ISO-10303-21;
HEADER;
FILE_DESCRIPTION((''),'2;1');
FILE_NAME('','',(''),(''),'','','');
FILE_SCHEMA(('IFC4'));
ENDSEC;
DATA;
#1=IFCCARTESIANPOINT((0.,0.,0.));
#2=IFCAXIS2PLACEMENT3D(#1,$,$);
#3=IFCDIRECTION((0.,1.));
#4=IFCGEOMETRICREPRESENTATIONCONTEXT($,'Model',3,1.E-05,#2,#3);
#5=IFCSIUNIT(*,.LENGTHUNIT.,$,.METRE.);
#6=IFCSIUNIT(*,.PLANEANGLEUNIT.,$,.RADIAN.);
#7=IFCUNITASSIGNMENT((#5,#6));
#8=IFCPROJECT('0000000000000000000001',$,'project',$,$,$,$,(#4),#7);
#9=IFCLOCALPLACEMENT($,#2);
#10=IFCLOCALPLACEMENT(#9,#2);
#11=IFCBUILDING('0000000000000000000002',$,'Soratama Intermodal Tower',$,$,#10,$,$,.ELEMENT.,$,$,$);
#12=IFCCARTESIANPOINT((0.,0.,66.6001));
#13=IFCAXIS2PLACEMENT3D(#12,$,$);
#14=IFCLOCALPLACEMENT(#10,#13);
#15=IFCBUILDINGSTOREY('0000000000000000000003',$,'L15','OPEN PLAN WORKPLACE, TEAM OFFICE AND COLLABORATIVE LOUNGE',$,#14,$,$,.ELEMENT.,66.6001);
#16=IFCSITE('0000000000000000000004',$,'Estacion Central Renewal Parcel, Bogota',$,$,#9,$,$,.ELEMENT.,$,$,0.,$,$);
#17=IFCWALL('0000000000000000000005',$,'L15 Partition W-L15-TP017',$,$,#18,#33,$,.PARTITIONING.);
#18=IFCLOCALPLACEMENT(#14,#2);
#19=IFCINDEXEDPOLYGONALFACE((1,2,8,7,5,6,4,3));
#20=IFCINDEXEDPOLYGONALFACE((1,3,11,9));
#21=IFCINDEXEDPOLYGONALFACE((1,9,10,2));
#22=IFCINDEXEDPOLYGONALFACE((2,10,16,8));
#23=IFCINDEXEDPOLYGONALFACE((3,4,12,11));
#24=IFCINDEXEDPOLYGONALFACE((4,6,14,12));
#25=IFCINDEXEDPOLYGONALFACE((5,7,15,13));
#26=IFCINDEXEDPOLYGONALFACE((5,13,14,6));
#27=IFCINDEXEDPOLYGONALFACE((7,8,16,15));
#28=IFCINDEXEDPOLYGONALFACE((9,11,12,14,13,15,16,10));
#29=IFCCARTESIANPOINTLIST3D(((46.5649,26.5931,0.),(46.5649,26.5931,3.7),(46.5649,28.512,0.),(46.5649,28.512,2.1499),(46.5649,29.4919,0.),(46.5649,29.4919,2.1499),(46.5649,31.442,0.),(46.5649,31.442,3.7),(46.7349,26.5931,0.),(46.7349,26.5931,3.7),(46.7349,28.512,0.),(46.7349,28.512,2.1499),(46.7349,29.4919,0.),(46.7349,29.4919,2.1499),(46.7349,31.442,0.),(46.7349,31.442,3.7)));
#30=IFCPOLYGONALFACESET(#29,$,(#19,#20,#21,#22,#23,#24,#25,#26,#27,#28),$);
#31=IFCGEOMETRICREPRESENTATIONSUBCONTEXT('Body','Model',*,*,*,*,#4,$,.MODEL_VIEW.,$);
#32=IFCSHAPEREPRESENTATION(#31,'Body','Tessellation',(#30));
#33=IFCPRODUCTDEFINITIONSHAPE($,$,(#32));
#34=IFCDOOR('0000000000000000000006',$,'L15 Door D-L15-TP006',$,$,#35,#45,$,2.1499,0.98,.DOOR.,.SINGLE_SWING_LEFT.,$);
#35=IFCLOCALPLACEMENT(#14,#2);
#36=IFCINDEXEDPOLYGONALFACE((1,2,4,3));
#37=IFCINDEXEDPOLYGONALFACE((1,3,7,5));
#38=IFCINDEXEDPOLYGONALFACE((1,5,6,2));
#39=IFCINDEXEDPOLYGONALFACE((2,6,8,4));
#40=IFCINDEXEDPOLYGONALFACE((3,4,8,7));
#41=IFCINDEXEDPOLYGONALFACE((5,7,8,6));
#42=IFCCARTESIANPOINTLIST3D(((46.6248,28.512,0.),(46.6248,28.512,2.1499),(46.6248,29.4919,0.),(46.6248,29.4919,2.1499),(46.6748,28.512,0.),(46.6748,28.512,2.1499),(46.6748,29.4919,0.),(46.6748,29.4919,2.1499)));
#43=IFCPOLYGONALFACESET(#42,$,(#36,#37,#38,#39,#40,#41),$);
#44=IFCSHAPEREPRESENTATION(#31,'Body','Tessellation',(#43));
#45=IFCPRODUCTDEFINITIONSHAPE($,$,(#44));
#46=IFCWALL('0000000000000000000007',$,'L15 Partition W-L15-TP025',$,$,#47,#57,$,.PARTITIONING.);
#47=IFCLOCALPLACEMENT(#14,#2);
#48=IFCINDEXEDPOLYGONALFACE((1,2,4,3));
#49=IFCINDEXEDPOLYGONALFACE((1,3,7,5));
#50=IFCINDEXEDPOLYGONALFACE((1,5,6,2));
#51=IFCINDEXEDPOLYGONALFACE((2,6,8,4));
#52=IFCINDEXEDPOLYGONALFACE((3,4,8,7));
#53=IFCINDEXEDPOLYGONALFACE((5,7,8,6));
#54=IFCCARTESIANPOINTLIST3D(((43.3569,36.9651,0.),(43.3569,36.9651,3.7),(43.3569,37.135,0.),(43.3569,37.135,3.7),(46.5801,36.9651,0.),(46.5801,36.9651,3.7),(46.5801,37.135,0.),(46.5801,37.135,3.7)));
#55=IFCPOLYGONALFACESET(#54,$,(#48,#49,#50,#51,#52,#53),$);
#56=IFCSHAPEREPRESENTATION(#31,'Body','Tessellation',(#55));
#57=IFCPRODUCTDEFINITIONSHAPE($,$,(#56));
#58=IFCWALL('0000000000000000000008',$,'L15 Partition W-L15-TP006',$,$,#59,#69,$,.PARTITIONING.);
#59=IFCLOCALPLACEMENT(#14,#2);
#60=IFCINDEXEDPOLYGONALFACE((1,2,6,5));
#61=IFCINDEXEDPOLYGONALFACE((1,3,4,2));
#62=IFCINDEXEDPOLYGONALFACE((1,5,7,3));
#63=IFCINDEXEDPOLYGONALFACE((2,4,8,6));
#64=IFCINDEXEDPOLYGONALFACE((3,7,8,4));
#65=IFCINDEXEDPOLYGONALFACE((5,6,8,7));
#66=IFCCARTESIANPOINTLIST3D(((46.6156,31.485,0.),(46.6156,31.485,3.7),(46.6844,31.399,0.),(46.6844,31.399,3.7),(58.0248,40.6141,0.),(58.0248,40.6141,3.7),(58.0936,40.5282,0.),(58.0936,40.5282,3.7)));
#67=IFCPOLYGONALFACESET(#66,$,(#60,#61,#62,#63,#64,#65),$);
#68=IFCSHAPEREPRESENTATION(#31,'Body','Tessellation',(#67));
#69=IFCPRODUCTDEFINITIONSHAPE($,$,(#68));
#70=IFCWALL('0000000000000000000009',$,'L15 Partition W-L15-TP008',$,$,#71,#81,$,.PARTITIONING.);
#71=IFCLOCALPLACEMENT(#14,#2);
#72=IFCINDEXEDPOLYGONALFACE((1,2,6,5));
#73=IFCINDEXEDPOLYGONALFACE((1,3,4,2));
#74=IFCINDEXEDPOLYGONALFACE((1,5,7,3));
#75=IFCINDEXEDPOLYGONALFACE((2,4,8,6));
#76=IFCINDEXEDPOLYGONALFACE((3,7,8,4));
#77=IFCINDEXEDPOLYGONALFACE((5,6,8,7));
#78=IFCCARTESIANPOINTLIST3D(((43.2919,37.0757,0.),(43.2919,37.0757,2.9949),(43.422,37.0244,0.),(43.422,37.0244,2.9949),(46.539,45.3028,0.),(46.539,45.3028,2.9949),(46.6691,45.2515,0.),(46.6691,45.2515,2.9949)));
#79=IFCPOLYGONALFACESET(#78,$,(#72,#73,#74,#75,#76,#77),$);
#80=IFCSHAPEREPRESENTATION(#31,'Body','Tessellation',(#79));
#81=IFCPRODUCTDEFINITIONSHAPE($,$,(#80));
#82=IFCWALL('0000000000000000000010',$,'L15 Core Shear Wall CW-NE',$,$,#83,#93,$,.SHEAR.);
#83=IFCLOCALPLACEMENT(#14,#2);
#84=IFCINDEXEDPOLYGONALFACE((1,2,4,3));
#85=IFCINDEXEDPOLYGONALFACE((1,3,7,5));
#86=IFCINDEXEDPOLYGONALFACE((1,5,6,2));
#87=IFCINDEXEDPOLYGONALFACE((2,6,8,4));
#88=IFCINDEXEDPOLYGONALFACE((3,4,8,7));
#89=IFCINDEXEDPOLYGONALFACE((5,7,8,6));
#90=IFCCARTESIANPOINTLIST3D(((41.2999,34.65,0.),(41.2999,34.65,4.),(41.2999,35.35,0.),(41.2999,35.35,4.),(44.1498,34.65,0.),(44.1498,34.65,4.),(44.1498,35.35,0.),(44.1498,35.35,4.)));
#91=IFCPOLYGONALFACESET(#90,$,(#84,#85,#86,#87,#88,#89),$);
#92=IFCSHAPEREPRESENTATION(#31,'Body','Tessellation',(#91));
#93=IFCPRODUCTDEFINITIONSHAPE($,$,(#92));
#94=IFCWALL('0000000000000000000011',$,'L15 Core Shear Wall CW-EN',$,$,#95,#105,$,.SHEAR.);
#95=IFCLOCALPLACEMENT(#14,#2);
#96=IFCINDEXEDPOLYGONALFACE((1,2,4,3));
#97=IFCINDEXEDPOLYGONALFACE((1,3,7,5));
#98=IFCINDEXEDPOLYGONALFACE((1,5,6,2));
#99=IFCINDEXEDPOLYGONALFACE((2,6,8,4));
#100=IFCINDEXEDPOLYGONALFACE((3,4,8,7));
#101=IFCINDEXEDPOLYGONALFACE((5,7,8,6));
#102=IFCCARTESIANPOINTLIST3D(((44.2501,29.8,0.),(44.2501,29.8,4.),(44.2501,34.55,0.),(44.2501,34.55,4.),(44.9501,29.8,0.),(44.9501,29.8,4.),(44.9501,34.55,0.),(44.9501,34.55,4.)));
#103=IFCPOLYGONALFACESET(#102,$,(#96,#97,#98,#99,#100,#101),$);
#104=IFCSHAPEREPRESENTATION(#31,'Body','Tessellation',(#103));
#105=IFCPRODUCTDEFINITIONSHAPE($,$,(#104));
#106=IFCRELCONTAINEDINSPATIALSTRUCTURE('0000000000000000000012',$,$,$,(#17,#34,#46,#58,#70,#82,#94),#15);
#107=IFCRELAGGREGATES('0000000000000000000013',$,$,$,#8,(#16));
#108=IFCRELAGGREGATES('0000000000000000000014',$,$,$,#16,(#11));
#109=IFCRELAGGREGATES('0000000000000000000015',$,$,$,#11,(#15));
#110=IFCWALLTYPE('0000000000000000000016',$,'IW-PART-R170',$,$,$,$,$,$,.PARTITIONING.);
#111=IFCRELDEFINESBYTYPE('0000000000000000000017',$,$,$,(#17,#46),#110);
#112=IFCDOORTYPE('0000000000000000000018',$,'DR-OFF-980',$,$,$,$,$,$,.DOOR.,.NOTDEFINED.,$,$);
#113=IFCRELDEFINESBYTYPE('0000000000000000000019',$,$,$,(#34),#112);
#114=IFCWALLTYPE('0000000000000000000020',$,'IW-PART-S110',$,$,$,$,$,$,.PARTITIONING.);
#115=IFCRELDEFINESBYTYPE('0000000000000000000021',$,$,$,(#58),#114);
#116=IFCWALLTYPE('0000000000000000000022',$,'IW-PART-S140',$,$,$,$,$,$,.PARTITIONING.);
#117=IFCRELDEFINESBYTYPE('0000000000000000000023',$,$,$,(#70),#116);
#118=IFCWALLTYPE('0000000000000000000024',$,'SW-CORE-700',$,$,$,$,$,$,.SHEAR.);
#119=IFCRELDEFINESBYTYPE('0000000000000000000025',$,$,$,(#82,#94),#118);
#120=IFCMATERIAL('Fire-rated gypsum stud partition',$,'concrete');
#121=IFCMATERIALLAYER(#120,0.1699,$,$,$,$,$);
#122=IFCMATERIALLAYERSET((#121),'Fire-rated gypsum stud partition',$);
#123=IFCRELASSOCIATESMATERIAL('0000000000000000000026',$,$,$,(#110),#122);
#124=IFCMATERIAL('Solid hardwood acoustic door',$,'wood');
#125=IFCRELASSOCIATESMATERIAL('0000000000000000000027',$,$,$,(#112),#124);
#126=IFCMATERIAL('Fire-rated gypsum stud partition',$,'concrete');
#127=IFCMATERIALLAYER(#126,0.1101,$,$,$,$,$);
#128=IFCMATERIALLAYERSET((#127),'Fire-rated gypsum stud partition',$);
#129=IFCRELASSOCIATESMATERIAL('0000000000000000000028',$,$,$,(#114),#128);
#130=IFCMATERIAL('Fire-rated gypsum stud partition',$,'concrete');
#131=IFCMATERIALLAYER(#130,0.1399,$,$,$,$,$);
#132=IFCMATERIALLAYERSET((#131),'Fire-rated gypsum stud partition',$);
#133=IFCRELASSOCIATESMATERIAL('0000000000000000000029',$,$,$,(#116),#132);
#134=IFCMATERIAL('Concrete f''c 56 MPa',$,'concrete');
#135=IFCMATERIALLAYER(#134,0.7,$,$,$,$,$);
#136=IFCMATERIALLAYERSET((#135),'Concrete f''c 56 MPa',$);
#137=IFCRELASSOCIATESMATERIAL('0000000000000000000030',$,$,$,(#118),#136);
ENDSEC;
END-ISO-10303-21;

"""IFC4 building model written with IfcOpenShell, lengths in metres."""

from ifc_helpers import new_model, si_unit, direction, frame, frame_2d, origin, place, context, subcontext, project, spatial, rectangle, extrude, material, layer, layer_set, type_object, element, fill, save


model = new_model("IFC4")

# Units and contexts
model_context = context("Model", 3, precision=1e-05, world=origin(), true_north=direction((0.0, 1.0)))
body_context = subcontext(model_context, "Body", "Model", "MODEL_VIEW")
ifc_project = project(units=[si_unit("LENGTHUNIT", "METRE"), si_unit("PLANEANGLEUNIT", "RADIAN")], contexts=[model_context])

# Site, building, storey
site_placement = place(None, origin())
site = spatial("IfcSite", under=ifc_project, at=site_placement, Name="Estacion Central Renewal Parcel, Bogota", CompositionType="ELEMENT", RefElevation=0.0)
building_placement = place(site_placement, origin())
building = spatial("IfcBuilding", under=site, at=building_placement, Name="Soratama Intermodal Tower", CompositionType="ELEMENT")
storey_placement = place(building_placement, frame((0.0, 0.0, 66.6001)))
storey = spatial("IfcBuildingStorey", under=building, at=storey_placement, Name="L15", Description="OPEN PLAN WORKPLACE, TEAM OFFICE AND COLLABORATIVE LOUNGE", CompositionType="ELEMENT", Elevation=66.6001)

# Wall, opening, door
ifc_material_1 = material(Name="Fire-rated gypsum stud partition", Category="concrete")
ifc_layer_1 = layer(ifc_material_1, 0.1699)
ifc_layer_set_1 = layer_set([ifc_layer_1], Name="Fire-rated gypsum stud partition")
wall_type_1 = type_object("IfcWallType", Name="IW-PART-R170", PredefinedType="PARTITIONING", material=ifc_layer_set_1)
ifc_material_2 = material(Name="Solid hardwood acoustic door", Category="wood")
door_type_1 = type_object("IfcDoorType", Name="DR-OFF-980", OperationType="NOTDEFINED", PredefinedType="DOOR", material=ifc_material_2)
wall_1_placement = place(storey_placement, frame((46.6499, 31.4419, 0.0), z_axis=(0.0, 0.0, 1.0), x_axis=(0.0, -1.0, 0.0)))
wall_1 = element("IfcWall", 1, at=wall_1_placement, inside=storey, type_object=wall_type_1, Name="L15 Partition W-L15-TP017", PredefinedType="PARTITIONING", context=body_context, shape_type="SweptSolid", body=[
    extrude(rectangle(XDim=4.8489, YDim=0.1699, at=frame_2d((2.4243, 0.0))), origin(), (0.0, 0.0, 1.0), 3.7),
])
opening_1_placement = place(wall_1_placement, frame((1.95, 0.0, 0.0)))
opening_1 = element("IfcOpeningElement", 2, at=opening_1_placement, cuts=wall_1, PredefinedType="OPENING", context=body_context, shape_type="SweptSolid", body=[
    extrude(rectangle(XDim=0.98, YDim=2.1499, at=frame_2d((0.49, 1.075))), frame((0.0, 0.095, 0.0), z_axis=(0.0, -1.0, 0.0), x_axis=(1.0, 0.0, 0.0)), (0.0, 0.0, 1.0), 0.1899),
])
door_1_placement = place(opening_1_placement, origin())
door_1 = element("IfcDoor", 3, at=door_1_placement, inside=storey, type_object=door_type_1, Name="L15 Door D-L15-TP006", OperationType="SINGLE_SWING_LEFT", OverallHeight=2.1499, OverallWidth=0.98, PredefinedType="DOOR", context=body_context, shape_type="SweptSolid", body=[
    extrude(rectangle(XDim=0.98, YDim=2.1499, at=frame_2d((0.49, 1.075))), frame((0.0, 0.0249, 0.0), z_axis=(0.0, -1.0, 0.0), x_axis=(1.0, 0.0, 0.0)), (0.0, 0.0, 1.0), 0.05),
])
fill(opening_1, door_1)

# Wall
wall_2_placement = place(storey_placement, frame((43.3569, 37.05, 0.0), z_axis=(0.0, 0.0, 1.0), x_axis=(1.0, 0.0, 0.0)))
element("IfcWall", 4, at=wall_2_placement, inside=storey, type_object=wall_type_1, Name="L15 Partition W-L15-TP025", PredefinedType="PARTITIONING", context=body_context, shape_type="SweptSolid", body=[
    extrude(rectangle(XDim=3.2231, YDim=0.1699, at=frame_2d((1.6116, 0.0))), origin(), (0.0, 0.0, 1.0), 3.7),
])

# Walls
ifc_material_3 = material(Name="Fire-rated gypsum stud partition", Category="concrete")
ifc_layer_2 = layer(ifc_material_3, 0.1101)
ifc_layer_set_2 = layer_set([ifc_layer_2], Name="Fire-rated gypsum stud partition")
wall_type_2 = type_object("IfcWallType", Name="IW-PART-S110", PredefinedType="PARTITIONING", material=ifc_layer_set_2)
wall_3_placement = place(storey_placement, frame((46.6499, 31.4419, 0.0), z_axis=(0.0, 0.0, 1.0), x_axis=(0.780808, 0.62477, 0.0)))
element("IfcWall", 5, at=wall_3_placement, inside=storey, type_object=wall_type_2, Name="L15 Partition W-L15-TP006", PredefinedType="PARTITIONING", context=body_context, shape_type="SweptSolid", body=[
    extrude(rectangle(XDim=14.6121, YDim=0.1101, at=frame_2d((7.3062, 0.0))), origin(), (0.0, 0.0, 1.0), 3.7),
])
ifc_material_4 = material(Name="Fire-rated gypsum stud partition", Category="concrete")
ifc_layer_3 = layer(ifc_material_4, 0.1399)
ifc_layer_set_3 = layer_set([ifc_layer_3], Name="Fire-rated gypsum stud partition")
wall_type_3 = type_object("IfcWallType", Name="IW-PART-S140", PredefinedType="PARTITIONING", material=ifc_layer_set_3)
wall_4_placement = place(storey_placement, frame((43.3569, 37.05, 0.0), z_axis=(0.0, 0.0, 1.0), x_axis=(0.367123, 0.930173, 0.0)))
element("IfcWall", 6, at=wall_4_placement, inside=storey, type_object=wall_type_3, Name="L15 Partition W-L15-TP008", PredefinedType="PARTITIONING", context=body_context, shape_type="SweptSolid", body=[
    extrude(rectangle(XDim=8.8447, YDim=0.1399, at=frame_2d((4.4224, 0.0))), origin(), (0.0, 0.0, 1.0), 2.9949),
])
ifc_material_5 = material(Name="Concrete f'c 56 MPa", Category="concrete")
ifc_layer_4 = layer(ifc_material_5, 0.7)
ifc_layer_set_4 = layer_set([ifc_layer_4], Name="Concrete f'c 56 MPa")
wall_type_4 = type_object("IfcWallType", Name="SW-CORE-700", PredefinedType="SHEAR", material=ifc_layer_set_4)
wall_5_placement = place(storey_placement, frame((41.3, 35.0, 0.0), z_axis=(0.0, 0.0, 1.0), x_axis=(1.0, 0.0, 0.0)))
element("IfcWall", 7, at=wall_5_placement, inside=storey, type_object=wall_type_4, Name="L15 Core Shear Wall CW-NE", PredefinedType="SHEAR", context=body_context, shape_type="SweptSolid", body=[
    extrude(rectangle(XDim=2.8499, YDim=0.7, at=frame_2d((1.4248, 0.0))), origin(), (0.0, 0.0, 1.0), 4.0),
])
wall_6_placement = place(storey_placement, frame((44.6001, 29.8, 0.0), z_axis=(0.0, 0.0, 1.0), x_axis=(0.0, 1.0, 0.0)))
element("IfcWall", 8, at=wall_6_placement, inside=storey, type_object=wall_type_4, Name="L15 Core Shear Wall CW-EN", PredefinedType="SHEAR", context=body_context, shape_type="SweptSolid", body=[
    extrude(rectangle(XDim=4.75, YDim=0.7, at=frame_2d((2.375, 0.0))), origin(), (0.0, 0.0, 1.0), 4.0),
])

save(model, "model.ifc")
